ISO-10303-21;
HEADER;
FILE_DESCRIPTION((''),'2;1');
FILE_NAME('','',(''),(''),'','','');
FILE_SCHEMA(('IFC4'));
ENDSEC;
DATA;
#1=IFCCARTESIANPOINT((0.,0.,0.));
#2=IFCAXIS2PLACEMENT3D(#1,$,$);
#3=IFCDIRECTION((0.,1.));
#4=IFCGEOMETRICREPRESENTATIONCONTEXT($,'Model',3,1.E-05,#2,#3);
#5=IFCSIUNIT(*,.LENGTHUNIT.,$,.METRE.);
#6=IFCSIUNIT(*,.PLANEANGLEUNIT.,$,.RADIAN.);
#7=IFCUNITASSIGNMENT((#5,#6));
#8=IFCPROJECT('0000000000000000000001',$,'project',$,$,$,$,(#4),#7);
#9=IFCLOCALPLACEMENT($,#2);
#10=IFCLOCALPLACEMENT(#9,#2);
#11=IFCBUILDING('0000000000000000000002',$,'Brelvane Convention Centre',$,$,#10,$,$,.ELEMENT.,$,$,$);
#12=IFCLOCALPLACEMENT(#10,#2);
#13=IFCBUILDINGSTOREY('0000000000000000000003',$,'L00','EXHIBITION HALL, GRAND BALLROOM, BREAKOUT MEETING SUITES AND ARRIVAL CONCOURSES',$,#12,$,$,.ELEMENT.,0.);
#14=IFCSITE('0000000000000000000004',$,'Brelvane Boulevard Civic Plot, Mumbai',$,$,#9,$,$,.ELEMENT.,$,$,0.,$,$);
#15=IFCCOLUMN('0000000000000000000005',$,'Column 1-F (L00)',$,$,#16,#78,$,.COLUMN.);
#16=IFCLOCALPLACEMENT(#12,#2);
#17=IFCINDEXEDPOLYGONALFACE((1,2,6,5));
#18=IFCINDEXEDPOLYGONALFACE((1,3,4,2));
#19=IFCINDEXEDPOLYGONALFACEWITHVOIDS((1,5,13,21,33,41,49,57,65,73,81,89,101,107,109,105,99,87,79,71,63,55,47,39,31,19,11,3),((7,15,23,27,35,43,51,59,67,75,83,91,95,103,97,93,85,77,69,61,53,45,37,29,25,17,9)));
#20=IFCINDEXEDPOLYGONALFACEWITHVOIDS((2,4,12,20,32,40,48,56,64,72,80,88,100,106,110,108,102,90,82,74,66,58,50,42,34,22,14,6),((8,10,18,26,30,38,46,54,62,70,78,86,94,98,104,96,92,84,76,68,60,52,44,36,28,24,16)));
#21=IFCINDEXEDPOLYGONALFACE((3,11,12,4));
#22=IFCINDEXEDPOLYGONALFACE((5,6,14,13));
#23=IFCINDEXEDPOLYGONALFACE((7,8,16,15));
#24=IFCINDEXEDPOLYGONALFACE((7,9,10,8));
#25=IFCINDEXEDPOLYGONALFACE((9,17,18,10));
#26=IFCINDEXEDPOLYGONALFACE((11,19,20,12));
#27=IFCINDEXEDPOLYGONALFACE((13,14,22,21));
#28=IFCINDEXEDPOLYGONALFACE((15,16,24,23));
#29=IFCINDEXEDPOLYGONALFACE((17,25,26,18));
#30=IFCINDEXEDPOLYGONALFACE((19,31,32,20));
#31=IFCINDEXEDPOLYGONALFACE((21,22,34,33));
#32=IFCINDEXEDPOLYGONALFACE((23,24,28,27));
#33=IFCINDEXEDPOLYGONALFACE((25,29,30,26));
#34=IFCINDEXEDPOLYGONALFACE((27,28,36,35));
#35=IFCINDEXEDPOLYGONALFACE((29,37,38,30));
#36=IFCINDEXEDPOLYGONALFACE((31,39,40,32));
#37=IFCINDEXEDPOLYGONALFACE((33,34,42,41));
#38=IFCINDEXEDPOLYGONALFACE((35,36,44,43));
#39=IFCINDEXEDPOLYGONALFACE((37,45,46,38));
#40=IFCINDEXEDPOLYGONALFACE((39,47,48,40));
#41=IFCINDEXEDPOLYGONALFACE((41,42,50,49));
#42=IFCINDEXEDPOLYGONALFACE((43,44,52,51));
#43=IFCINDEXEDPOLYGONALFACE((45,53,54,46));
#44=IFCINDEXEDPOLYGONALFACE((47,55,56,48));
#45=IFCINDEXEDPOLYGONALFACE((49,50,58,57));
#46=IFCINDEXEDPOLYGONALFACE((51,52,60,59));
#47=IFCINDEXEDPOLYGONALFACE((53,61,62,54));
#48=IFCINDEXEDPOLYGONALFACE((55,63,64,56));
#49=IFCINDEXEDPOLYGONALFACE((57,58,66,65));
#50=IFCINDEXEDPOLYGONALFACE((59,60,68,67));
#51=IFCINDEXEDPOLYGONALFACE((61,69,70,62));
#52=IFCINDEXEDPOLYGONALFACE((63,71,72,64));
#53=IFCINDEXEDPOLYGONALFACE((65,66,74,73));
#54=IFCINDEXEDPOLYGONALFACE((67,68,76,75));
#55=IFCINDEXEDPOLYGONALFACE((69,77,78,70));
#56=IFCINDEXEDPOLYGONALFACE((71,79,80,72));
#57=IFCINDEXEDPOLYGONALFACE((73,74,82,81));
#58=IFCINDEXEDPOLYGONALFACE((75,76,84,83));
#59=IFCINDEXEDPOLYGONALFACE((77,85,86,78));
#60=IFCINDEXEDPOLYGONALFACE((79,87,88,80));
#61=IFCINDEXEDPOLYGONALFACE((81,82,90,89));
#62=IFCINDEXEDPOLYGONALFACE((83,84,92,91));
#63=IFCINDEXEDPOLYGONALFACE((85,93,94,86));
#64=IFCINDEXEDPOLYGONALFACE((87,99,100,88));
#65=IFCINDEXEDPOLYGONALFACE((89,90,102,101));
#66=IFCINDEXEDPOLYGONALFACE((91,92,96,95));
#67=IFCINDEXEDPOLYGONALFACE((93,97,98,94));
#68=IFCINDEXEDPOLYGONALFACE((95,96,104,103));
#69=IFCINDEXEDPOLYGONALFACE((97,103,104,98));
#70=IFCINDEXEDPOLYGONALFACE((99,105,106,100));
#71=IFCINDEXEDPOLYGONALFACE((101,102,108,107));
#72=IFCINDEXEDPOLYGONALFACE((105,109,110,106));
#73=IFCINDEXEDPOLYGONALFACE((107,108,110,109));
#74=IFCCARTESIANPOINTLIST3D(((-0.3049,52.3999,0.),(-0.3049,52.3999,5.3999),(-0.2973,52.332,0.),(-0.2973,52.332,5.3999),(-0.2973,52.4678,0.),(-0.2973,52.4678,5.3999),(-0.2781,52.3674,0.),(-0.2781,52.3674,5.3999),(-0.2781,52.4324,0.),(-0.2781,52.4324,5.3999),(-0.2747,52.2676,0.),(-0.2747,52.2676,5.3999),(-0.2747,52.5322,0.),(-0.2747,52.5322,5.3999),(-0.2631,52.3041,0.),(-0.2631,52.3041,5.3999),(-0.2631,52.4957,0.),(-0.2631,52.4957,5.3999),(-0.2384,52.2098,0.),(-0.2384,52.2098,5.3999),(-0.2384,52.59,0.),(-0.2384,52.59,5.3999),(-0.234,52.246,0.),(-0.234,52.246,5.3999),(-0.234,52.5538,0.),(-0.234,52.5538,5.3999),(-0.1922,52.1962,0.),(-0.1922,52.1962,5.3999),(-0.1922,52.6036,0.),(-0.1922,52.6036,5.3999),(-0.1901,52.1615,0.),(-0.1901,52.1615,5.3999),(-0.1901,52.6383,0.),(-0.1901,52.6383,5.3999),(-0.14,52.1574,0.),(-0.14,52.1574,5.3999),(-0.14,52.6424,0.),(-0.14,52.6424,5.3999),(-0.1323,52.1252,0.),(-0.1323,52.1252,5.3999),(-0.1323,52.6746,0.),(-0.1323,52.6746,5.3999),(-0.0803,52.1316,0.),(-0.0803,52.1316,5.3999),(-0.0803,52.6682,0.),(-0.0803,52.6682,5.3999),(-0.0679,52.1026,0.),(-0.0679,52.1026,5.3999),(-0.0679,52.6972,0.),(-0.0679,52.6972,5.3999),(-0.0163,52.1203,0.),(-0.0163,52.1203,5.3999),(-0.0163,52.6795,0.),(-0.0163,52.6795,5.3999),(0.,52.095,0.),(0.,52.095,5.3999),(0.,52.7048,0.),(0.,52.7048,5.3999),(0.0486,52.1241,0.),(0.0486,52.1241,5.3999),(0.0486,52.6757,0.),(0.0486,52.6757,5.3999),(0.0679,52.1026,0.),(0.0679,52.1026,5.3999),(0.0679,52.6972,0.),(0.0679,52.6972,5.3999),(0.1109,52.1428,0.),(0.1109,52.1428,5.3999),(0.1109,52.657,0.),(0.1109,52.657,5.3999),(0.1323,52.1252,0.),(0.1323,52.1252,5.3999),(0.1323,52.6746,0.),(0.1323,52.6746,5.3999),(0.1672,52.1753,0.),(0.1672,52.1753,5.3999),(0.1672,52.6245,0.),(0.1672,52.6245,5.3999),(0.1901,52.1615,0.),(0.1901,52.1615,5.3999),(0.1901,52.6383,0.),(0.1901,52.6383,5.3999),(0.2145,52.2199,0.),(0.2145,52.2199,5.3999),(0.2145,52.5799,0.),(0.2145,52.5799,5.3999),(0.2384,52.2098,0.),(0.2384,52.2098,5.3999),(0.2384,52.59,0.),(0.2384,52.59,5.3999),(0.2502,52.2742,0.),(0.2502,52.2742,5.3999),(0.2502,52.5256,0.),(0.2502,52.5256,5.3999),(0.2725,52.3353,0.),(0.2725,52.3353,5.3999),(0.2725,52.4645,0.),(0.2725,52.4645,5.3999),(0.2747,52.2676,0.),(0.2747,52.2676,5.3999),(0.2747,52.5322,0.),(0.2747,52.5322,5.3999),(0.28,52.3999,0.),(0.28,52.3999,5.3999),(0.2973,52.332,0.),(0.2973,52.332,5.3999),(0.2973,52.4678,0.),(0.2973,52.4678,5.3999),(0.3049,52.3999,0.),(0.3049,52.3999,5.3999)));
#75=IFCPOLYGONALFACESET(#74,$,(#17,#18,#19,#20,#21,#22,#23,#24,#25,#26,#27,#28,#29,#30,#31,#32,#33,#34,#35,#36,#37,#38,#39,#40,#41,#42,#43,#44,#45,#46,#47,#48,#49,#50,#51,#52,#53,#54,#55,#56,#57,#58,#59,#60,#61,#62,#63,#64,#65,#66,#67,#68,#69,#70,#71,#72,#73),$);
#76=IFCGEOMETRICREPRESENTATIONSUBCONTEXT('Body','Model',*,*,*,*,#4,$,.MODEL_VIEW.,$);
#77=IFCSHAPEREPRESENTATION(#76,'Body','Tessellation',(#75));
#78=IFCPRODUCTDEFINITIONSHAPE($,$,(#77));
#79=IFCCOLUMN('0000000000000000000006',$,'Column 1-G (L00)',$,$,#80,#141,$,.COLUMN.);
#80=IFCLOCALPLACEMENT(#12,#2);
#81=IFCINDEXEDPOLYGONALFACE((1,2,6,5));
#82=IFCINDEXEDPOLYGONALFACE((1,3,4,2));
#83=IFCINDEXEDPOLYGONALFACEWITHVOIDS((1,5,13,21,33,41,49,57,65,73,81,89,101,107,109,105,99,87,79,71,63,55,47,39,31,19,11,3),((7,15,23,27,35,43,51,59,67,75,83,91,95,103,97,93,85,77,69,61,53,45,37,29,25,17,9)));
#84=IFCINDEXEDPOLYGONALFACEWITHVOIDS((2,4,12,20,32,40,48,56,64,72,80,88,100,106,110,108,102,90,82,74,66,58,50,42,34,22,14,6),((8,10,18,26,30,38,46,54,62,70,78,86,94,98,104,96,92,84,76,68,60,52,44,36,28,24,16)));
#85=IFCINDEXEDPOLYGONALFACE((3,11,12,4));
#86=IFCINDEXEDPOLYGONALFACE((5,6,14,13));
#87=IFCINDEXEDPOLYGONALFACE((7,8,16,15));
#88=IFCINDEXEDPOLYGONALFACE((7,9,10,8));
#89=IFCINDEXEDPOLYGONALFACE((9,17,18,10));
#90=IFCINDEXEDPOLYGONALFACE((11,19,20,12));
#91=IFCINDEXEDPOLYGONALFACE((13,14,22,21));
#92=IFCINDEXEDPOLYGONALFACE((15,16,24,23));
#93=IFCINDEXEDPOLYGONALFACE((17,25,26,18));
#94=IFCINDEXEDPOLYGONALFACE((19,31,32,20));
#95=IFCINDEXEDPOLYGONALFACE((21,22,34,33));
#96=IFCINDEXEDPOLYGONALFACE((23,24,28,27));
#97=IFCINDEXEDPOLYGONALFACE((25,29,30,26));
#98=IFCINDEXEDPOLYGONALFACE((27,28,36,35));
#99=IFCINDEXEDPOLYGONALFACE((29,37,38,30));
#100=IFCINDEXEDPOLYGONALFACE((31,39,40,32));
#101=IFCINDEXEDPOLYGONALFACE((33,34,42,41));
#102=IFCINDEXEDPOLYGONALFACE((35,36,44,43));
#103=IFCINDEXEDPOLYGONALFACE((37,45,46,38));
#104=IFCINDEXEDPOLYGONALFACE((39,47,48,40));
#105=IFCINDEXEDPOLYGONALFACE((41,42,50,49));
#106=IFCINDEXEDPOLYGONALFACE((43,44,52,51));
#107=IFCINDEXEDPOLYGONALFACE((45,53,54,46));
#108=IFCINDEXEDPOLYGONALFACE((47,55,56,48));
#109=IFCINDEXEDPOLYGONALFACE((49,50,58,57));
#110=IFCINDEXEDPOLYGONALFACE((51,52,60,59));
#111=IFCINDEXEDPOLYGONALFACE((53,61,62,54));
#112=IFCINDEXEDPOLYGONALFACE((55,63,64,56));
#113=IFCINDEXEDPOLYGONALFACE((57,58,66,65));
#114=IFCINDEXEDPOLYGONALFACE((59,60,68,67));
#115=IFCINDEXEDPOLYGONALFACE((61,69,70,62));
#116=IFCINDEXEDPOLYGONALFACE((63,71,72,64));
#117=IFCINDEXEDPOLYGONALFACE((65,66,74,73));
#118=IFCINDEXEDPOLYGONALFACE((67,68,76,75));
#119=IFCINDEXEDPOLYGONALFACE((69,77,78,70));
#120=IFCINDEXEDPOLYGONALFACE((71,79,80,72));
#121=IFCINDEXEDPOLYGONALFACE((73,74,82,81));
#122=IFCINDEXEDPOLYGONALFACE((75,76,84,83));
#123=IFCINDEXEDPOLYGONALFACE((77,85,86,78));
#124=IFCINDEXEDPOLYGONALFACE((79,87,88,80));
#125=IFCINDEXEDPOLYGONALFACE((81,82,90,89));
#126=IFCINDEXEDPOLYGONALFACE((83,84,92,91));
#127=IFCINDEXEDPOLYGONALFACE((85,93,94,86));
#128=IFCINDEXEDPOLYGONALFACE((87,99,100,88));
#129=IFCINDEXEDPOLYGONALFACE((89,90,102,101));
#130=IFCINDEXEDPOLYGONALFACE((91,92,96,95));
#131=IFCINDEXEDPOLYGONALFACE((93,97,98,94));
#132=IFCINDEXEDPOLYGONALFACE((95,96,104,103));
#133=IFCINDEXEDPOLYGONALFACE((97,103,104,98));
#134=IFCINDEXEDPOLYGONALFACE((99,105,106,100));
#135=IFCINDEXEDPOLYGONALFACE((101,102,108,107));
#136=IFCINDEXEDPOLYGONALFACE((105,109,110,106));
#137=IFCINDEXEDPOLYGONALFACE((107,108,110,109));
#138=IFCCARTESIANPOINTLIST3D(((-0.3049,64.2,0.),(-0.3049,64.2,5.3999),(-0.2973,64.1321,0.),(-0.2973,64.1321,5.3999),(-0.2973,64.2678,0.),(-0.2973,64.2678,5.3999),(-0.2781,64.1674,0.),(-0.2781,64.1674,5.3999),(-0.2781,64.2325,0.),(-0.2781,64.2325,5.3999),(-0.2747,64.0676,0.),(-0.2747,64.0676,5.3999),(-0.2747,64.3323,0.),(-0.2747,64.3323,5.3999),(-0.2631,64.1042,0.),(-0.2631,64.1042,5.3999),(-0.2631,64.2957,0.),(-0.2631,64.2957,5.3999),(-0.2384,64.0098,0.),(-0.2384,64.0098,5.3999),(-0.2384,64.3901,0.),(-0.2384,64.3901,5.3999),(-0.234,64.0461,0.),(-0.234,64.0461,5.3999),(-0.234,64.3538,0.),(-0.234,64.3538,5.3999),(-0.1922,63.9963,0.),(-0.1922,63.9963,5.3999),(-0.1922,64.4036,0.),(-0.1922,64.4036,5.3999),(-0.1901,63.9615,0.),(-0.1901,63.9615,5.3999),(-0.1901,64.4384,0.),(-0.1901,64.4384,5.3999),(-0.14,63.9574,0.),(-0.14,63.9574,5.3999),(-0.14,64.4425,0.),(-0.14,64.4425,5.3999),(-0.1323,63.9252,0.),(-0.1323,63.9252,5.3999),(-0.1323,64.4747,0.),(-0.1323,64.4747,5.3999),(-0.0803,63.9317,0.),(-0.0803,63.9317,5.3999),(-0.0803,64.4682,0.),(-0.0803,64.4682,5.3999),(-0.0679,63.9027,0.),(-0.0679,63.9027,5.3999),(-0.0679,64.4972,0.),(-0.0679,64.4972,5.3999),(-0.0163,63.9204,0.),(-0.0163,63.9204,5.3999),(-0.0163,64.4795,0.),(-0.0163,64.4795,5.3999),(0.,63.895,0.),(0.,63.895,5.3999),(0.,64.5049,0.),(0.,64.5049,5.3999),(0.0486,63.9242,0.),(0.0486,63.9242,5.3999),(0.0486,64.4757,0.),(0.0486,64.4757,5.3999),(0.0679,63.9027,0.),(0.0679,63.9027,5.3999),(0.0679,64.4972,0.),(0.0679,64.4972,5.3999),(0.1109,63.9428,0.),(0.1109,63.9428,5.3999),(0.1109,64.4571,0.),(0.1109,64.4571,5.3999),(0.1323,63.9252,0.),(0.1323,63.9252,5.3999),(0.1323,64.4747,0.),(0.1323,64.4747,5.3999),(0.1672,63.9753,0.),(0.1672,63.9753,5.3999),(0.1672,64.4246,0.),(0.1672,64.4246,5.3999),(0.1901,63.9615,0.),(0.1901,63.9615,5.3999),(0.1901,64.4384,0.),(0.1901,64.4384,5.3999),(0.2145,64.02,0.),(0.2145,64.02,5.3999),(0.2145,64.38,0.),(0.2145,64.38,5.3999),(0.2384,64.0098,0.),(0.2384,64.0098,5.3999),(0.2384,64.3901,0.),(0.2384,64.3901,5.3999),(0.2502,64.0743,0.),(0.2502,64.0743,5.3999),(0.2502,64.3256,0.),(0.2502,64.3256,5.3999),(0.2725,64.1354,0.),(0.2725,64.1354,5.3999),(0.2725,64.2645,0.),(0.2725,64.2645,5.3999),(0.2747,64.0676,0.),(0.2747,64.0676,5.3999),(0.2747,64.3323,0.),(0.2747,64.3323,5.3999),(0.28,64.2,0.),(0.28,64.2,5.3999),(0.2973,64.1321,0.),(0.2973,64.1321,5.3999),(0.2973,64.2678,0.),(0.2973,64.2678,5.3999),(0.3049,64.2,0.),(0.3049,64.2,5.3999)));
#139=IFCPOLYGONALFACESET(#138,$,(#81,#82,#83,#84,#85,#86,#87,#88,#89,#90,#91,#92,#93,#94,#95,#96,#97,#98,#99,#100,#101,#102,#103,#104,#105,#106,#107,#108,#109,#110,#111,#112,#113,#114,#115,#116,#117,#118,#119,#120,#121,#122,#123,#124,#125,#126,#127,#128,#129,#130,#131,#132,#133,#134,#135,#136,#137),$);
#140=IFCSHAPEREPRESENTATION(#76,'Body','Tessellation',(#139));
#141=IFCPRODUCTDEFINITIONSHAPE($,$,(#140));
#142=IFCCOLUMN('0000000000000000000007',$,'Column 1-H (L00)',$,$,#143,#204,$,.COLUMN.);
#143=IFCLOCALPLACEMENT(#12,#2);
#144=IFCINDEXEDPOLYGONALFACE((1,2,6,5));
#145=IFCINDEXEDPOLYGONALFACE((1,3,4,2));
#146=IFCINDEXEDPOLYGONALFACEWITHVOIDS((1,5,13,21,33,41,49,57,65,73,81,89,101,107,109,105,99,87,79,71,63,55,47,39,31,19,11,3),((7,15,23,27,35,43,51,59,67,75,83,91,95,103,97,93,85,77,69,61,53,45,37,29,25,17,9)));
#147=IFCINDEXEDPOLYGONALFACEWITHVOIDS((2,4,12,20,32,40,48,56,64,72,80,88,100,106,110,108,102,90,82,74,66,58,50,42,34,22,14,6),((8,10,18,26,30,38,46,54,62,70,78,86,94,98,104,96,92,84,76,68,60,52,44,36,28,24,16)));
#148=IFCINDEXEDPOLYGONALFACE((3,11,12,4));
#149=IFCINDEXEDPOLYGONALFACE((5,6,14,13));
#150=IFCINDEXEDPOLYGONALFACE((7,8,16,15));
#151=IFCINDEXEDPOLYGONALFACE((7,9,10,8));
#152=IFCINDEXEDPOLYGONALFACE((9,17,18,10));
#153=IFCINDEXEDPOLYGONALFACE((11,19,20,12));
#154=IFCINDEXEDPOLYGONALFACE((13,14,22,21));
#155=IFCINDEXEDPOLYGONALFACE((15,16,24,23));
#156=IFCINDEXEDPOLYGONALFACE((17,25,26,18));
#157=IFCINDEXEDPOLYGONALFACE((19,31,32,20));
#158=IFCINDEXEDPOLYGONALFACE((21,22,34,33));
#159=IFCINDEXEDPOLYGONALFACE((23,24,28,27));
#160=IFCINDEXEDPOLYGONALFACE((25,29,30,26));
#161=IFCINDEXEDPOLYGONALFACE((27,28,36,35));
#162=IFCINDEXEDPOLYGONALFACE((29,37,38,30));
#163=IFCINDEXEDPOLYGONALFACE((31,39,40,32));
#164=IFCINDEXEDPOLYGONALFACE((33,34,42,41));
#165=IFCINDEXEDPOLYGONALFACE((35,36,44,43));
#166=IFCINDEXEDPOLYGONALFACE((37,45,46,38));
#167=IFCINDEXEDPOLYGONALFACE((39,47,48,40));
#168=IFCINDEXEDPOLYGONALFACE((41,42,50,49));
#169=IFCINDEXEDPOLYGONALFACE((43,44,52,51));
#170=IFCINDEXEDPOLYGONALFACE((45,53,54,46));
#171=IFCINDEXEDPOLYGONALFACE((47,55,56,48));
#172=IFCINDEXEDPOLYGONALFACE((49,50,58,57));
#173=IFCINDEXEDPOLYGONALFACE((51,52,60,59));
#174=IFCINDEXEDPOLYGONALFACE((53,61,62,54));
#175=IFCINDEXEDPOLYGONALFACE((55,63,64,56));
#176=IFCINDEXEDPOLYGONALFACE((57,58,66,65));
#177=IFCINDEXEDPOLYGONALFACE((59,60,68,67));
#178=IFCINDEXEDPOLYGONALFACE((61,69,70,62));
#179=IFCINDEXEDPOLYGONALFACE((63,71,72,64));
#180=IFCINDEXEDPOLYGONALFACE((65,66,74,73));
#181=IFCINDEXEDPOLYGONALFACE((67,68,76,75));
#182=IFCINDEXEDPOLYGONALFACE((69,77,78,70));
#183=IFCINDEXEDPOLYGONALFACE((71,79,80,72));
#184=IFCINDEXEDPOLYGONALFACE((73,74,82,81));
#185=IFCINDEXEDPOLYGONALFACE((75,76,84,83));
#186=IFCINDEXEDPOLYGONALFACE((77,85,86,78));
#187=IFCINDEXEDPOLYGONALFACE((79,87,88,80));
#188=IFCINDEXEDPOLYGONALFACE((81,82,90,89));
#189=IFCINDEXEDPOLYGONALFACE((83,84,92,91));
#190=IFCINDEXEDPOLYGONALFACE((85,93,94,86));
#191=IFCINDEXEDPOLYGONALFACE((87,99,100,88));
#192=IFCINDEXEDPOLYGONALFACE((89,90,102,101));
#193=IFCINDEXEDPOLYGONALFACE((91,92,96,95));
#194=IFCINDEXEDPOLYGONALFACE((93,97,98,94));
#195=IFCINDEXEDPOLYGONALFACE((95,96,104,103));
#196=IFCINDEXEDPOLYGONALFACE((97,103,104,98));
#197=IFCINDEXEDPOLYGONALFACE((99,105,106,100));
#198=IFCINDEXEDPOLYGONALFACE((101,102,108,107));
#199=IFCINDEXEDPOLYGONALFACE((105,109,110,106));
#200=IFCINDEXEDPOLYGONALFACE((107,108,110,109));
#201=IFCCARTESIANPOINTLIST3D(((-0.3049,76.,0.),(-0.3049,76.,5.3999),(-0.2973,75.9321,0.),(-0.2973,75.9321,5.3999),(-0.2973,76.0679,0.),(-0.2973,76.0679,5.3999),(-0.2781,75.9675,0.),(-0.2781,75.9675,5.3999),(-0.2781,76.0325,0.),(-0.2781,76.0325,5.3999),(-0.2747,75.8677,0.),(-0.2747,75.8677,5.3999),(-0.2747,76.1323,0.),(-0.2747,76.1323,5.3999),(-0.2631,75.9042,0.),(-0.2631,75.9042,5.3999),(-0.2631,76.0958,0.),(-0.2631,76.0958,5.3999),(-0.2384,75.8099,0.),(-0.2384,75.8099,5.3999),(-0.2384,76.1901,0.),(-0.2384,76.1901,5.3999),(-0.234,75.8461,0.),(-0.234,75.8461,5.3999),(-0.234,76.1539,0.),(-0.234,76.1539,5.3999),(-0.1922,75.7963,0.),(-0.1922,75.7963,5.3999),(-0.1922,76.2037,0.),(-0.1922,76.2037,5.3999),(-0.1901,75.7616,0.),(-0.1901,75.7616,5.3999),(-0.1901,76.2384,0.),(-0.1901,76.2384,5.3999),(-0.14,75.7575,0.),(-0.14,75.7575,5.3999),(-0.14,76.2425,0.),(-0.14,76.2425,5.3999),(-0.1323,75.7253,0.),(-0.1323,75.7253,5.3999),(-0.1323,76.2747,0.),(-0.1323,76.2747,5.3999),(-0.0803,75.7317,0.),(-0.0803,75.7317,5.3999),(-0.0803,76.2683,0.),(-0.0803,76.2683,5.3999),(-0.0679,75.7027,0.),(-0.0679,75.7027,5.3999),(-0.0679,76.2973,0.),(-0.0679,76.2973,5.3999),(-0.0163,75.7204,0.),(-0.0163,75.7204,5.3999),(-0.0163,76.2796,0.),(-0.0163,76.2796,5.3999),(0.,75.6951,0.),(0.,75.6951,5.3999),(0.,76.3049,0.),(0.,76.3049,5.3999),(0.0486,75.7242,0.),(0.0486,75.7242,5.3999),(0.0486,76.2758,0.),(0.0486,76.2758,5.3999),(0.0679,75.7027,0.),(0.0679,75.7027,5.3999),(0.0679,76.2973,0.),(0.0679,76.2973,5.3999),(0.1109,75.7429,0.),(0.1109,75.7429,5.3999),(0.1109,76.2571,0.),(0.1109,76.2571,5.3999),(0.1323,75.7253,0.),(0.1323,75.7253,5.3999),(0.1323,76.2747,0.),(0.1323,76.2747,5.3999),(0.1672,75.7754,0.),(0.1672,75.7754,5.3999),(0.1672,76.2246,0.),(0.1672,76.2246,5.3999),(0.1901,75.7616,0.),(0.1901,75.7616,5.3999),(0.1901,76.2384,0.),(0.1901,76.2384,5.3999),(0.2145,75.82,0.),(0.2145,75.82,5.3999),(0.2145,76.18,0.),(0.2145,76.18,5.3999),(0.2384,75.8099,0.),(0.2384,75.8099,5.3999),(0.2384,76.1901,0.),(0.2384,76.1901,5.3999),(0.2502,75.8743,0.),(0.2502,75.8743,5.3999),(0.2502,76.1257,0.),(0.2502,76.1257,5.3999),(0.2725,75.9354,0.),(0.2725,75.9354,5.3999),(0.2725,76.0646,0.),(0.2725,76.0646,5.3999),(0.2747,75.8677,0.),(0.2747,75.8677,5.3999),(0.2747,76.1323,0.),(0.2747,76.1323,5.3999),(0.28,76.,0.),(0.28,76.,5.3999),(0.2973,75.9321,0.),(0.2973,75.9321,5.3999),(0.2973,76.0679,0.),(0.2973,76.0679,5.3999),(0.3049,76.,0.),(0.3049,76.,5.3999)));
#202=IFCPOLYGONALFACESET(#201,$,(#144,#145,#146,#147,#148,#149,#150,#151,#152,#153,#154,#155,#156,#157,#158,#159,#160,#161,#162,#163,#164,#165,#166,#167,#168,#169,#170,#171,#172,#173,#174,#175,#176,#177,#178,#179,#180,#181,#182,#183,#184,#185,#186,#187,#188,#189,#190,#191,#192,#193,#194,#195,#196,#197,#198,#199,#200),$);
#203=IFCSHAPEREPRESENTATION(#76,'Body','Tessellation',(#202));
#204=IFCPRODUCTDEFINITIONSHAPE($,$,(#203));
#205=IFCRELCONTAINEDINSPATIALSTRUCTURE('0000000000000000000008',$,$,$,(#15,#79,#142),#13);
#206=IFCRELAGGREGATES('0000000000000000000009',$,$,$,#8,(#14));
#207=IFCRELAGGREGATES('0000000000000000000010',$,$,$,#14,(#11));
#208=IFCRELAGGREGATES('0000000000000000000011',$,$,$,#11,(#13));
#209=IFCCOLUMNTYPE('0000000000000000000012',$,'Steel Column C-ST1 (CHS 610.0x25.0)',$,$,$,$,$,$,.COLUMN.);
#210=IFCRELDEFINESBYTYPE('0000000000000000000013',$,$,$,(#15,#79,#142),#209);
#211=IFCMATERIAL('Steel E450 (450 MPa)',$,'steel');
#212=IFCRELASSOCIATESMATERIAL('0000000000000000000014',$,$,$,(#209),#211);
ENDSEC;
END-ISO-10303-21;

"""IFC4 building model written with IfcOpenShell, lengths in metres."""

from ifc_helpers import new_model, si_unit, direction, frame, origin, origin_2d, place, context, subcontext, project, spatial, hollow_circle, extrude, material, material_profile, profile_set, type_object, element, save


model = new_model("IFC4")

# Units and contexts
model_context = context("Model", 3, precision=1e-05, world=origin(), true_north=direction((0.0, 1.0)))
body_context = subcontext(model_context, "Body", "Model", "MODEL_VIEW")
ifc_project = project(units=[si_unit("LENGTHUNIT", "METRE"), si_unit("PLANEANGLEUNIT", "RADIAN")], contexts=[model_context])

# Site, building, storey
site_placement = place(None, origin())
site = spatial("IfcSite", under=ifc_project, at=site_placement, Name="Brelvane Boulevard Civic Plot, Mumbai", CompositionType="ELEMENT", RefElevation=0.0)
building_placement = place(site_placement, origin())
building = spatial("IfcBuilding", under=site, at=building_placement, Name="Brelvane Convention Centre", CompositionType="ELEMENT")
storey_placement = place(building_placement, origin())
storey = spatial("IfcBuildingStorey", under=building, at=storey_placement, Name="L00", Description="EXHIBITION HALL, GRAND BALLROOM, BREAKOUT MEETING SUITES AND ARRIVAL CONCOURSES", CompositionType="ELEMENT", Elevation=0.0)

# Columns
ifc_material_1 = material(Name="Steel E450 (450 MPa)", Category="steel")
ifc_material_profile_1 = material_profile(ifc_material_1, hollow_circle(Radius=0.3049, WallThickness=0.0249, at=origin_2d()), Name="CHS 610.0x25.0")
ifc_profile_set_1 = profile_set([ifc_material_profile_1], Name="Steel E450 (450 MPa)")
column_type = type_object("IfcColumnType", Name="Steel Column C-ST1 (CHS 610.0x25.0)", PredefinedType="COLUMN", material=ifc_profile_set_1)
for number, where, z_axis, x_axis, name in (
    (1, (0.0, 52.3999, 0.0), (0.0, 0.0, 1.0), (1.0, 0.0, 0.0), "Column 1-F (L00)"),
    (2, (0.0, 64.2, 0.0), (0.0, 0.0, 1.0), (1.0, 0.0, 0.0), "Column 1-G (L00)"),
    (3, (0.0, 76.0, 0.0), (0.0, 0.0, 1.0), (1.0, 0.0, 0.0), "Column 1-H (L00)"),
):
    element("IfcColumn", number, at=place(storey_placement, frame(where, z_axis=z_axis, x_axis=x_axis)), inside=storey, type_object=column_type, Name=name, PredefinedType="COLUMN", context=body_context, shape_type="SweptSolid", body=[
        extrude(hollow_circle(Radius=0.3049, WallThickness=0.0249, at=origin_2d()), origin(), (0.0, 0.0, 1.0), 5.3999),
    ])

save(model, "model.ifc")
